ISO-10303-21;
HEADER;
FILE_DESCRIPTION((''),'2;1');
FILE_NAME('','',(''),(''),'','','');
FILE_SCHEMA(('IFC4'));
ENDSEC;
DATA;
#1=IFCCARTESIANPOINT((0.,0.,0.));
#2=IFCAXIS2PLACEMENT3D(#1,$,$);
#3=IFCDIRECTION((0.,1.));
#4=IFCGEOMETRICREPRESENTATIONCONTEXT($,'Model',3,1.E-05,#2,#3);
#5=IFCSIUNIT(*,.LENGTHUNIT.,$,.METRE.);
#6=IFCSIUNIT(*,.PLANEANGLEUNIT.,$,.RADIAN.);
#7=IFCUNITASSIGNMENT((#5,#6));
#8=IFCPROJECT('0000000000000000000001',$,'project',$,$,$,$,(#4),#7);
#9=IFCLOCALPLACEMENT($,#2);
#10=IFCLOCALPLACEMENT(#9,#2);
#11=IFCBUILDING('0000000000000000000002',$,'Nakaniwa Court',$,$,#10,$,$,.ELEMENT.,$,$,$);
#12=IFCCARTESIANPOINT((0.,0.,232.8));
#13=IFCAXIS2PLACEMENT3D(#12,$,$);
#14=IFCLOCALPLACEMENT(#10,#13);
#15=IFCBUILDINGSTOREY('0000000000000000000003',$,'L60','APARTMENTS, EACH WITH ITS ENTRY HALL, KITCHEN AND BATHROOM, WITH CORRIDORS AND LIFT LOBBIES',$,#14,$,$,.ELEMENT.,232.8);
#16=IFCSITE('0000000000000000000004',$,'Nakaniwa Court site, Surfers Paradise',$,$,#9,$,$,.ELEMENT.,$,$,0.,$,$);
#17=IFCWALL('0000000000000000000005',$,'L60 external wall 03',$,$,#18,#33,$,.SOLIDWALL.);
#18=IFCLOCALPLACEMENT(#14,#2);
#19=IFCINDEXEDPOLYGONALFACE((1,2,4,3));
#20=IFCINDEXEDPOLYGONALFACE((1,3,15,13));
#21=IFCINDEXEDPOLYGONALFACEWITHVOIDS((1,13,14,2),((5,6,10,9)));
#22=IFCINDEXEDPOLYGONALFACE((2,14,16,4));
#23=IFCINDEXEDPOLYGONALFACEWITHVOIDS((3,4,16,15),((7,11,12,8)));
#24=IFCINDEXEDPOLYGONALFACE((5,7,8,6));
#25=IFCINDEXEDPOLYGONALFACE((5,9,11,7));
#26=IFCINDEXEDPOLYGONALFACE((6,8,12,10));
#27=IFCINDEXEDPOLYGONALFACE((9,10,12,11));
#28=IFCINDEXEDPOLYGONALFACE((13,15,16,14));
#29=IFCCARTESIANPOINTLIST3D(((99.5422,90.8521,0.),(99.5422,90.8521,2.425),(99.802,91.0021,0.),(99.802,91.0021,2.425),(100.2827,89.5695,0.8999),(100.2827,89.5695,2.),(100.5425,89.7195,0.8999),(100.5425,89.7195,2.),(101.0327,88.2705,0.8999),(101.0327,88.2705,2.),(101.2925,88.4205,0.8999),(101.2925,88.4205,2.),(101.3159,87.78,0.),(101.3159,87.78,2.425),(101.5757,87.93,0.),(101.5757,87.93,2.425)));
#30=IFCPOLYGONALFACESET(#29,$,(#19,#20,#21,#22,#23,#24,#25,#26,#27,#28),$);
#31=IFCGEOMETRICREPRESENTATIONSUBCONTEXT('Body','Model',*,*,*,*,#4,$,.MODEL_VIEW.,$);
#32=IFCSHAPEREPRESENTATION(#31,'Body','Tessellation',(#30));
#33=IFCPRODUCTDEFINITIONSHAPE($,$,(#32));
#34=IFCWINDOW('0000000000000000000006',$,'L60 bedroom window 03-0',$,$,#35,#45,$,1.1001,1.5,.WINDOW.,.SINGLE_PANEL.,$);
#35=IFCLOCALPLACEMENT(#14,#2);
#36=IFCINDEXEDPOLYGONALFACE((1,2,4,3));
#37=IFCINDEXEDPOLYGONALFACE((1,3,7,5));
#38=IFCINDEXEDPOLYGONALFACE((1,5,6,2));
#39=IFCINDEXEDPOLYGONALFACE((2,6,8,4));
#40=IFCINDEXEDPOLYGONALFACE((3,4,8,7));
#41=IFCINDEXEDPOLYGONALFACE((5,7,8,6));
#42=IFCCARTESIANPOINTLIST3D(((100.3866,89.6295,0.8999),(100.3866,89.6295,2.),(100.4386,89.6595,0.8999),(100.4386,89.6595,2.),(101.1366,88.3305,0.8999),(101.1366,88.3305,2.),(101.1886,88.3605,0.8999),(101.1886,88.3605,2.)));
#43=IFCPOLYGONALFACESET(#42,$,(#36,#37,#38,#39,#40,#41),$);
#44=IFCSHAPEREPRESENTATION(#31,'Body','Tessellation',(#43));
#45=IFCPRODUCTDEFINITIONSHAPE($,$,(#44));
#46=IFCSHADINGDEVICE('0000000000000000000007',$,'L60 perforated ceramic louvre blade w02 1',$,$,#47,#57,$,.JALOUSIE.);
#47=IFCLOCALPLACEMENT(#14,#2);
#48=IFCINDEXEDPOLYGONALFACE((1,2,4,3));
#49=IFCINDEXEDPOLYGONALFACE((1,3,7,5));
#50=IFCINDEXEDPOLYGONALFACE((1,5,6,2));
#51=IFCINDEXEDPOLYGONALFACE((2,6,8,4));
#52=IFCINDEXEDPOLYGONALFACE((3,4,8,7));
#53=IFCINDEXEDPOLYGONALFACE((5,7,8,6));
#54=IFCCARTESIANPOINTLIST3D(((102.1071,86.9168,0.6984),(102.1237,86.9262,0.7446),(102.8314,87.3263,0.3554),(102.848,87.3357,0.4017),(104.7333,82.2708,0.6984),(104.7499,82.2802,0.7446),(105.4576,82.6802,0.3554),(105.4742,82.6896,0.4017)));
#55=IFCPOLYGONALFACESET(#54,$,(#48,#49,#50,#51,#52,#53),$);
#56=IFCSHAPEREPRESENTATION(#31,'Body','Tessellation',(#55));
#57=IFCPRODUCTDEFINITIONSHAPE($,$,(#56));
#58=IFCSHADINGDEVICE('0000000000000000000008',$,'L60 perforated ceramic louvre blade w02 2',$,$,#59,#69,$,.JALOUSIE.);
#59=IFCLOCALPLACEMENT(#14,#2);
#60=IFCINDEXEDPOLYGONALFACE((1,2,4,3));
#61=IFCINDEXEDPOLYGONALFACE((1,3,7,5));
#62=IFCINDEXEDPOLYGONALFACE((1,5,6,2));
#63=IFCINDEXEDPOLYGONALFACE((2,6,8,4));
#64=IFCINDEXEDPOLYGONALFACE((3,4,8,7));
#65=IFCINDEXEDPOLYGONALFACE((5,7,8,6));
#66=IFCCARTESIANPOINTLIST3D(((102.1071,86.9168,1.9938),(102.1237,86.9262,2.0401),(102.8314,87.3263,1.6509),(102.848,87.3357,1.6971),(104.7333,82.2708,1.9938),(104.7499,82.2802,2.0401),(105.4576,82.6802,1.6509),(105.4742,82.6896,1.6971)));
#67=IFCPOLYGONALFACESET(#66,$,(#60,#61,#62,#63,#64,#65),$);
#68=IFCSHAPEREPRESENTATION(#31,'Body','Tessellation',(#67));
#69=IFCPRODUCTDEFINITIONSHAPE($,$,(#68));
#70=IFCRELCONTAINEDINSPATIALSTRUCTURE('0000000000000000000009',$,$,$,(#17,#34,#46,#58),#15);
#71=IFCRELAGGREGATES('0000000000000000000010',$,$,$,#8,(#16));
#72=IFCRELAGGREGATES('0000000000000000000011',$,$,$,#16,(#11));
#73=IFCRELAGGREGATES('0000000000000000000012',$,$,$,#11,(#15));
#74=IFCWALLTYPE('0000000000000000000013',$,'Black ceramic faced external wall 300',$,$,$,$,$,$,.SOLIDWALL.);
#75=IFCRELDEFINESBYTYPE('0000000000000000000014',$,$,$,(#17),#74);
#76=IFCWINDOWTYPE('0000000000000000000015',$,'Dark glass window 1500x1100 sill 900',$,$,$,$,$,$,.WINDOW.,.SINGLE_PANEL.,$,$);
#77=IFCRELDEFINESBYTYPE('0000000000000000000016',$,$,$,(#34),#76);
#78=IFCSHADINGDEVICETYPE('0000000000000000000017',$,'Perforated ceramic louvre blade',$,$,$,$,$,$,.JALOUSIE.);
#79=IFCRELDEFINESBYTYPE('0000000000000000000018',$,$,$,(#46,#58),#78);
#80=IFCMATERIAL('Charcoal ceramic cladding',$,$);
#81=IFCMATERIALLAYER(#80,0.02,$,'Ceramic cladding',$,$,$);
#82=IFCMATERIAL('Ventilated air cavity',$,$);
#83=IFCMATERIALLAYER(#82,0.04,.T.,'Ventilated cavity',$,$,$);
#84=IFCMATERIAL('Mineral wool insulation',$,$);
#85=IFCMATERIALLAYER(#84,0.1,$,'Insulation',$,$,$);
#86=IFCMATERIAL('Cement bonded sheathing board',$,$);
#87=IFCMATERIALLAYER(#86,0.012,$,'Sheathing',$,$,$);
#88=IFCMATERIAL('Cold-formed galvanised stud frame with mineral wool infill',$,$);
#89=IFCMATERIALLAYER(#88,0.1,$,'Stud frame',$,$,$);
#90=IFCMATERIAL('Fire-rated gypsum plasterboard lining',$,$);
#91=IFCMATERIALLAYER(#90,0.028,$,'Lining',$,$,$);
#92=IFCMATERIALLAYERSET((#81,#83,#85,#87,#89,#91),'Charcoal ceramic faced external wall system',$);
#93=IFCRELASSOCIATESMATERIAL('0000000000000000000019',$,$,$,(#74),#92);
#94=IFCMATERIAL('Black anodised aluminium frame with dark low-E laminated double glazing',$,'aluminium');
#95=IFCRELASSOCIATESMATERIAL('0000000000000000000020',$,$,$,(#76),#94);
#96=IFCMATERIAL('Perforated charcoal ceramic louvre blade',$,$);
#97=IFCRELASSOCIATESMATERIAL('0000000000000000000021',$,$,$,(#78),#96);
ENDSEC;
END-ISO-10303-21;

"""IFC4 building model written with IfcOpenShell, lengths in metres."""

from ifc_helpers import new_model, si_unit, direction, frame, frame_2d, origin, origin_2d, place, context, subcontext, project, spatial, rectangle, extrude, material, layer, layer_set, material_profile, profile_set, type_object, element, fill, save


model = new_model("IFC4")

# Units and contexts
model_context = context("Model", 3, precision=1e-05, world=origin(), true_north=direction((0.0, 1.0)))
body_context = subcontext(model_context, "Body", "Model", "MODEL_VIEW")
ifc_project = project(units=[si_unit("LENGTHUNIT", "METRE"), si_unit("PLANEANGLEUNIT", "RADIAN")], contexts=[model_context])

# Site, building, storey
site_placement = place(None, origin())
site = spatial("IfcSite", under=ifc_project, at=site_placement, Name="Nakaniwa Court site, Surfers Paradise", CompositionType="ELEMENT", RefElevation=0.0)
building_placement = place(site_placement, origin())
building = spatial("IfcBuilding", under=site, at=building_placement, Name="Nakaniwa Court", CompositionType="ELEMENT")
storey_placement = place(building_placement, frame((0.0, 0.0, 232.8)))
storey = spatial("IfcBuildingStorey", under=building, at=storey_placement, Name="L60", Description="APARTMENTS, EACH WITH ITS ENTRY HALL, KITCHEN AND BATHROOM, WITH CORRIDORS AND LIFT LOBBIES", CompositionType="ELEMENT", Elevation=232.8)

# Shared definitions
ifc_material_1 = material(Name="Charcoal ceramic cladding")
ifc_layer_1 = layer(ifc_material_1, 0.02, Name="Ceramic cladding")
ifc_material_2 = material(Name="Ventilated air cavity")
ifc_layer_2 = layer(ifc_material_2, 0.04, ventilated=True, Name="Ventilated cavity")
ifc_material_3 = material(Name="Mineral wool insulation")
ifc_layer_3 = layer(ifc_material_3, 0.1, Name="Insulation")
ifc_material_4 = material(Name="Cement bonded sheathing board")
ifc_layer_4 = layer(ifc_material_4, 0.012, Name="Sheathing")
ifc_material_5 = material(Name="Cold-formed galvanised stud frame with mineral wool infill")
ifc_layer_5 = layer(ifc_material_5, 0.1, Name="Stud frame")
ifc_material_6 = material(Name="Fire-rated gypsum plasterboard lining")
ifc_layer_6 = layer(ifc_material_6, 0.028, Name="Lining")
ifc_layer_set = layer_set([ifc_layer_1, ifc_layer_2, ifc_layer_3, ifc_layer_4, ifc_layer_5, ifc_layer_6], Name="Charcoal ceramic faced external wall system")
wall_type = type_object("IfcWallType", Name="Black ceramic faced external wall 300", PredefinedType="SOLIDWALL", material=ifc_layer_set)
ifc_material_7 = material(Name="Black anodised aluminium frame with dark low-E laminated double glazing", Category="aluminium")
window_type = type_object("IfcWindowType", Name="Dark glass window 1500x1100 sill 900", PartitioningType="SINGLE_PANEL", PredefinedType="WINDOW", material=ifc_material_7)

# Wall, opening, window
wall_1_placement = place(storey_placement, frame((101.4458, 87.855, 0.0), z_axis=(0.0, 0.0, 1.0), x_axis=(-0.50001, 0.866019, 0.0)))
wall_1 = element("IfcWall", 1, at=wall_1_placement, inside=storey, type_object=wall_type, Name="L60 external wall 03", PredefinedType="SOLIDWALL", context=body_context, shape_type="SweptSolid", body=[
    extrude(rectangle(XDim=3.5474, YDim=0.3, at=frame_2d((1.7737, 0.0))), origin(), (0.0, 0.0, 1.0), 2.425),
])
opening_1_placement = place(wall_1_placement, frame((0.5664, 0.0, 0.8999)))
opening_1 = element("IfcOpeningElement", 2, at=opening_1_placement, cuts=wall_1, PredefinedType="OPENING", context=body_context, shape_type="SweptSolid", body=[
    extrude(rectangle(XDim=1.5, YDim=1.1001, at=frame_2d((0.75, 0.55))), frame((0.0, 0.1599, 0.0), z_axis=(0.0, -1.0, 0.0), x_axis=(1.0, 0.0, 0.0)), (0.0, 0.0, 1.0), 0.3201),
])
window_1_placement = place(opening_1_placement, origin())
window_1 = element("IfcWindow", 3, at=window_1_placement, inside=storey, type_object=window_type, Name="L60 bedroom window 03-0", OverallHeight=1.1001, OverallWidth=1.5, PartitioningType="SINGLE_PANEL", PredefinedType="WINDOW", context=body_context, shape_type="SweptSolid", body=[
    extrude(rectangle(XDim=1.5, YDim=1.1001, at=frame_2d((0.75, 0.55))), frame((0.0, 0.03, 0.0), z_axis=(0.0, -1.0, 0.0), x_axis=(1.0, 0.0, 0.0)), (0.0, 0.0, 1.0), 0.0601),
])
fill(opening_1, window_1)

# Shading devices
ifc_material_8 = material(Name="Perforated charcoal ceramic louvre blade")
ifc_material_profile_1 = material_profile(ifc_material_8, rectangle(XDim=0.8999, YDim=0.05, at=origin_2d()), Name="Perforated ceramic louvre blade")
ifc_profile_set_1 = profile_set([ifc_material_profile_1], Name="Perforated charcoal ceramic louvre blade")
shading_device_type = type_object("IfcShadingDeviceType", Name="Perforated ceramic louvre blade", PredefinedType="JALOUSIE", material=ifc_profile_set_1)
for number, where, z_axis, x_axis, name in (
    (4, (105.1038, 82.4802, 0.55), (-0.492089, 0.870545, 0.0), (-0.804859, -0.454959, 0.38107), "L60 perforated ceramic louvre blade w02 1"),
    (5, (105.1038, 82.4802, 1.8455), (-0.492089, 0.870545, 0.0), (-0.804859, -0.454959, 0.38107), "L60 perforated ceramic louvre blade w02 2"),
):
    element("IfcShadingDevice", number, at=place(storey_placement, frame(where, z_axis=z_axis, x_axis=x_axis)), inside=storey, type_object=shading_device_type, Name=name, PredefinedType="JALOUSIE", context=body_context, shape_type="SweptSolid", body=[
        extrude(rectangle(XDim=0.8999, YDim=0.05, at=origin_2d()), origin(), (0.0, 0.0, 1.0), 5.3369),
    ])

save(model, "model.ifc")
